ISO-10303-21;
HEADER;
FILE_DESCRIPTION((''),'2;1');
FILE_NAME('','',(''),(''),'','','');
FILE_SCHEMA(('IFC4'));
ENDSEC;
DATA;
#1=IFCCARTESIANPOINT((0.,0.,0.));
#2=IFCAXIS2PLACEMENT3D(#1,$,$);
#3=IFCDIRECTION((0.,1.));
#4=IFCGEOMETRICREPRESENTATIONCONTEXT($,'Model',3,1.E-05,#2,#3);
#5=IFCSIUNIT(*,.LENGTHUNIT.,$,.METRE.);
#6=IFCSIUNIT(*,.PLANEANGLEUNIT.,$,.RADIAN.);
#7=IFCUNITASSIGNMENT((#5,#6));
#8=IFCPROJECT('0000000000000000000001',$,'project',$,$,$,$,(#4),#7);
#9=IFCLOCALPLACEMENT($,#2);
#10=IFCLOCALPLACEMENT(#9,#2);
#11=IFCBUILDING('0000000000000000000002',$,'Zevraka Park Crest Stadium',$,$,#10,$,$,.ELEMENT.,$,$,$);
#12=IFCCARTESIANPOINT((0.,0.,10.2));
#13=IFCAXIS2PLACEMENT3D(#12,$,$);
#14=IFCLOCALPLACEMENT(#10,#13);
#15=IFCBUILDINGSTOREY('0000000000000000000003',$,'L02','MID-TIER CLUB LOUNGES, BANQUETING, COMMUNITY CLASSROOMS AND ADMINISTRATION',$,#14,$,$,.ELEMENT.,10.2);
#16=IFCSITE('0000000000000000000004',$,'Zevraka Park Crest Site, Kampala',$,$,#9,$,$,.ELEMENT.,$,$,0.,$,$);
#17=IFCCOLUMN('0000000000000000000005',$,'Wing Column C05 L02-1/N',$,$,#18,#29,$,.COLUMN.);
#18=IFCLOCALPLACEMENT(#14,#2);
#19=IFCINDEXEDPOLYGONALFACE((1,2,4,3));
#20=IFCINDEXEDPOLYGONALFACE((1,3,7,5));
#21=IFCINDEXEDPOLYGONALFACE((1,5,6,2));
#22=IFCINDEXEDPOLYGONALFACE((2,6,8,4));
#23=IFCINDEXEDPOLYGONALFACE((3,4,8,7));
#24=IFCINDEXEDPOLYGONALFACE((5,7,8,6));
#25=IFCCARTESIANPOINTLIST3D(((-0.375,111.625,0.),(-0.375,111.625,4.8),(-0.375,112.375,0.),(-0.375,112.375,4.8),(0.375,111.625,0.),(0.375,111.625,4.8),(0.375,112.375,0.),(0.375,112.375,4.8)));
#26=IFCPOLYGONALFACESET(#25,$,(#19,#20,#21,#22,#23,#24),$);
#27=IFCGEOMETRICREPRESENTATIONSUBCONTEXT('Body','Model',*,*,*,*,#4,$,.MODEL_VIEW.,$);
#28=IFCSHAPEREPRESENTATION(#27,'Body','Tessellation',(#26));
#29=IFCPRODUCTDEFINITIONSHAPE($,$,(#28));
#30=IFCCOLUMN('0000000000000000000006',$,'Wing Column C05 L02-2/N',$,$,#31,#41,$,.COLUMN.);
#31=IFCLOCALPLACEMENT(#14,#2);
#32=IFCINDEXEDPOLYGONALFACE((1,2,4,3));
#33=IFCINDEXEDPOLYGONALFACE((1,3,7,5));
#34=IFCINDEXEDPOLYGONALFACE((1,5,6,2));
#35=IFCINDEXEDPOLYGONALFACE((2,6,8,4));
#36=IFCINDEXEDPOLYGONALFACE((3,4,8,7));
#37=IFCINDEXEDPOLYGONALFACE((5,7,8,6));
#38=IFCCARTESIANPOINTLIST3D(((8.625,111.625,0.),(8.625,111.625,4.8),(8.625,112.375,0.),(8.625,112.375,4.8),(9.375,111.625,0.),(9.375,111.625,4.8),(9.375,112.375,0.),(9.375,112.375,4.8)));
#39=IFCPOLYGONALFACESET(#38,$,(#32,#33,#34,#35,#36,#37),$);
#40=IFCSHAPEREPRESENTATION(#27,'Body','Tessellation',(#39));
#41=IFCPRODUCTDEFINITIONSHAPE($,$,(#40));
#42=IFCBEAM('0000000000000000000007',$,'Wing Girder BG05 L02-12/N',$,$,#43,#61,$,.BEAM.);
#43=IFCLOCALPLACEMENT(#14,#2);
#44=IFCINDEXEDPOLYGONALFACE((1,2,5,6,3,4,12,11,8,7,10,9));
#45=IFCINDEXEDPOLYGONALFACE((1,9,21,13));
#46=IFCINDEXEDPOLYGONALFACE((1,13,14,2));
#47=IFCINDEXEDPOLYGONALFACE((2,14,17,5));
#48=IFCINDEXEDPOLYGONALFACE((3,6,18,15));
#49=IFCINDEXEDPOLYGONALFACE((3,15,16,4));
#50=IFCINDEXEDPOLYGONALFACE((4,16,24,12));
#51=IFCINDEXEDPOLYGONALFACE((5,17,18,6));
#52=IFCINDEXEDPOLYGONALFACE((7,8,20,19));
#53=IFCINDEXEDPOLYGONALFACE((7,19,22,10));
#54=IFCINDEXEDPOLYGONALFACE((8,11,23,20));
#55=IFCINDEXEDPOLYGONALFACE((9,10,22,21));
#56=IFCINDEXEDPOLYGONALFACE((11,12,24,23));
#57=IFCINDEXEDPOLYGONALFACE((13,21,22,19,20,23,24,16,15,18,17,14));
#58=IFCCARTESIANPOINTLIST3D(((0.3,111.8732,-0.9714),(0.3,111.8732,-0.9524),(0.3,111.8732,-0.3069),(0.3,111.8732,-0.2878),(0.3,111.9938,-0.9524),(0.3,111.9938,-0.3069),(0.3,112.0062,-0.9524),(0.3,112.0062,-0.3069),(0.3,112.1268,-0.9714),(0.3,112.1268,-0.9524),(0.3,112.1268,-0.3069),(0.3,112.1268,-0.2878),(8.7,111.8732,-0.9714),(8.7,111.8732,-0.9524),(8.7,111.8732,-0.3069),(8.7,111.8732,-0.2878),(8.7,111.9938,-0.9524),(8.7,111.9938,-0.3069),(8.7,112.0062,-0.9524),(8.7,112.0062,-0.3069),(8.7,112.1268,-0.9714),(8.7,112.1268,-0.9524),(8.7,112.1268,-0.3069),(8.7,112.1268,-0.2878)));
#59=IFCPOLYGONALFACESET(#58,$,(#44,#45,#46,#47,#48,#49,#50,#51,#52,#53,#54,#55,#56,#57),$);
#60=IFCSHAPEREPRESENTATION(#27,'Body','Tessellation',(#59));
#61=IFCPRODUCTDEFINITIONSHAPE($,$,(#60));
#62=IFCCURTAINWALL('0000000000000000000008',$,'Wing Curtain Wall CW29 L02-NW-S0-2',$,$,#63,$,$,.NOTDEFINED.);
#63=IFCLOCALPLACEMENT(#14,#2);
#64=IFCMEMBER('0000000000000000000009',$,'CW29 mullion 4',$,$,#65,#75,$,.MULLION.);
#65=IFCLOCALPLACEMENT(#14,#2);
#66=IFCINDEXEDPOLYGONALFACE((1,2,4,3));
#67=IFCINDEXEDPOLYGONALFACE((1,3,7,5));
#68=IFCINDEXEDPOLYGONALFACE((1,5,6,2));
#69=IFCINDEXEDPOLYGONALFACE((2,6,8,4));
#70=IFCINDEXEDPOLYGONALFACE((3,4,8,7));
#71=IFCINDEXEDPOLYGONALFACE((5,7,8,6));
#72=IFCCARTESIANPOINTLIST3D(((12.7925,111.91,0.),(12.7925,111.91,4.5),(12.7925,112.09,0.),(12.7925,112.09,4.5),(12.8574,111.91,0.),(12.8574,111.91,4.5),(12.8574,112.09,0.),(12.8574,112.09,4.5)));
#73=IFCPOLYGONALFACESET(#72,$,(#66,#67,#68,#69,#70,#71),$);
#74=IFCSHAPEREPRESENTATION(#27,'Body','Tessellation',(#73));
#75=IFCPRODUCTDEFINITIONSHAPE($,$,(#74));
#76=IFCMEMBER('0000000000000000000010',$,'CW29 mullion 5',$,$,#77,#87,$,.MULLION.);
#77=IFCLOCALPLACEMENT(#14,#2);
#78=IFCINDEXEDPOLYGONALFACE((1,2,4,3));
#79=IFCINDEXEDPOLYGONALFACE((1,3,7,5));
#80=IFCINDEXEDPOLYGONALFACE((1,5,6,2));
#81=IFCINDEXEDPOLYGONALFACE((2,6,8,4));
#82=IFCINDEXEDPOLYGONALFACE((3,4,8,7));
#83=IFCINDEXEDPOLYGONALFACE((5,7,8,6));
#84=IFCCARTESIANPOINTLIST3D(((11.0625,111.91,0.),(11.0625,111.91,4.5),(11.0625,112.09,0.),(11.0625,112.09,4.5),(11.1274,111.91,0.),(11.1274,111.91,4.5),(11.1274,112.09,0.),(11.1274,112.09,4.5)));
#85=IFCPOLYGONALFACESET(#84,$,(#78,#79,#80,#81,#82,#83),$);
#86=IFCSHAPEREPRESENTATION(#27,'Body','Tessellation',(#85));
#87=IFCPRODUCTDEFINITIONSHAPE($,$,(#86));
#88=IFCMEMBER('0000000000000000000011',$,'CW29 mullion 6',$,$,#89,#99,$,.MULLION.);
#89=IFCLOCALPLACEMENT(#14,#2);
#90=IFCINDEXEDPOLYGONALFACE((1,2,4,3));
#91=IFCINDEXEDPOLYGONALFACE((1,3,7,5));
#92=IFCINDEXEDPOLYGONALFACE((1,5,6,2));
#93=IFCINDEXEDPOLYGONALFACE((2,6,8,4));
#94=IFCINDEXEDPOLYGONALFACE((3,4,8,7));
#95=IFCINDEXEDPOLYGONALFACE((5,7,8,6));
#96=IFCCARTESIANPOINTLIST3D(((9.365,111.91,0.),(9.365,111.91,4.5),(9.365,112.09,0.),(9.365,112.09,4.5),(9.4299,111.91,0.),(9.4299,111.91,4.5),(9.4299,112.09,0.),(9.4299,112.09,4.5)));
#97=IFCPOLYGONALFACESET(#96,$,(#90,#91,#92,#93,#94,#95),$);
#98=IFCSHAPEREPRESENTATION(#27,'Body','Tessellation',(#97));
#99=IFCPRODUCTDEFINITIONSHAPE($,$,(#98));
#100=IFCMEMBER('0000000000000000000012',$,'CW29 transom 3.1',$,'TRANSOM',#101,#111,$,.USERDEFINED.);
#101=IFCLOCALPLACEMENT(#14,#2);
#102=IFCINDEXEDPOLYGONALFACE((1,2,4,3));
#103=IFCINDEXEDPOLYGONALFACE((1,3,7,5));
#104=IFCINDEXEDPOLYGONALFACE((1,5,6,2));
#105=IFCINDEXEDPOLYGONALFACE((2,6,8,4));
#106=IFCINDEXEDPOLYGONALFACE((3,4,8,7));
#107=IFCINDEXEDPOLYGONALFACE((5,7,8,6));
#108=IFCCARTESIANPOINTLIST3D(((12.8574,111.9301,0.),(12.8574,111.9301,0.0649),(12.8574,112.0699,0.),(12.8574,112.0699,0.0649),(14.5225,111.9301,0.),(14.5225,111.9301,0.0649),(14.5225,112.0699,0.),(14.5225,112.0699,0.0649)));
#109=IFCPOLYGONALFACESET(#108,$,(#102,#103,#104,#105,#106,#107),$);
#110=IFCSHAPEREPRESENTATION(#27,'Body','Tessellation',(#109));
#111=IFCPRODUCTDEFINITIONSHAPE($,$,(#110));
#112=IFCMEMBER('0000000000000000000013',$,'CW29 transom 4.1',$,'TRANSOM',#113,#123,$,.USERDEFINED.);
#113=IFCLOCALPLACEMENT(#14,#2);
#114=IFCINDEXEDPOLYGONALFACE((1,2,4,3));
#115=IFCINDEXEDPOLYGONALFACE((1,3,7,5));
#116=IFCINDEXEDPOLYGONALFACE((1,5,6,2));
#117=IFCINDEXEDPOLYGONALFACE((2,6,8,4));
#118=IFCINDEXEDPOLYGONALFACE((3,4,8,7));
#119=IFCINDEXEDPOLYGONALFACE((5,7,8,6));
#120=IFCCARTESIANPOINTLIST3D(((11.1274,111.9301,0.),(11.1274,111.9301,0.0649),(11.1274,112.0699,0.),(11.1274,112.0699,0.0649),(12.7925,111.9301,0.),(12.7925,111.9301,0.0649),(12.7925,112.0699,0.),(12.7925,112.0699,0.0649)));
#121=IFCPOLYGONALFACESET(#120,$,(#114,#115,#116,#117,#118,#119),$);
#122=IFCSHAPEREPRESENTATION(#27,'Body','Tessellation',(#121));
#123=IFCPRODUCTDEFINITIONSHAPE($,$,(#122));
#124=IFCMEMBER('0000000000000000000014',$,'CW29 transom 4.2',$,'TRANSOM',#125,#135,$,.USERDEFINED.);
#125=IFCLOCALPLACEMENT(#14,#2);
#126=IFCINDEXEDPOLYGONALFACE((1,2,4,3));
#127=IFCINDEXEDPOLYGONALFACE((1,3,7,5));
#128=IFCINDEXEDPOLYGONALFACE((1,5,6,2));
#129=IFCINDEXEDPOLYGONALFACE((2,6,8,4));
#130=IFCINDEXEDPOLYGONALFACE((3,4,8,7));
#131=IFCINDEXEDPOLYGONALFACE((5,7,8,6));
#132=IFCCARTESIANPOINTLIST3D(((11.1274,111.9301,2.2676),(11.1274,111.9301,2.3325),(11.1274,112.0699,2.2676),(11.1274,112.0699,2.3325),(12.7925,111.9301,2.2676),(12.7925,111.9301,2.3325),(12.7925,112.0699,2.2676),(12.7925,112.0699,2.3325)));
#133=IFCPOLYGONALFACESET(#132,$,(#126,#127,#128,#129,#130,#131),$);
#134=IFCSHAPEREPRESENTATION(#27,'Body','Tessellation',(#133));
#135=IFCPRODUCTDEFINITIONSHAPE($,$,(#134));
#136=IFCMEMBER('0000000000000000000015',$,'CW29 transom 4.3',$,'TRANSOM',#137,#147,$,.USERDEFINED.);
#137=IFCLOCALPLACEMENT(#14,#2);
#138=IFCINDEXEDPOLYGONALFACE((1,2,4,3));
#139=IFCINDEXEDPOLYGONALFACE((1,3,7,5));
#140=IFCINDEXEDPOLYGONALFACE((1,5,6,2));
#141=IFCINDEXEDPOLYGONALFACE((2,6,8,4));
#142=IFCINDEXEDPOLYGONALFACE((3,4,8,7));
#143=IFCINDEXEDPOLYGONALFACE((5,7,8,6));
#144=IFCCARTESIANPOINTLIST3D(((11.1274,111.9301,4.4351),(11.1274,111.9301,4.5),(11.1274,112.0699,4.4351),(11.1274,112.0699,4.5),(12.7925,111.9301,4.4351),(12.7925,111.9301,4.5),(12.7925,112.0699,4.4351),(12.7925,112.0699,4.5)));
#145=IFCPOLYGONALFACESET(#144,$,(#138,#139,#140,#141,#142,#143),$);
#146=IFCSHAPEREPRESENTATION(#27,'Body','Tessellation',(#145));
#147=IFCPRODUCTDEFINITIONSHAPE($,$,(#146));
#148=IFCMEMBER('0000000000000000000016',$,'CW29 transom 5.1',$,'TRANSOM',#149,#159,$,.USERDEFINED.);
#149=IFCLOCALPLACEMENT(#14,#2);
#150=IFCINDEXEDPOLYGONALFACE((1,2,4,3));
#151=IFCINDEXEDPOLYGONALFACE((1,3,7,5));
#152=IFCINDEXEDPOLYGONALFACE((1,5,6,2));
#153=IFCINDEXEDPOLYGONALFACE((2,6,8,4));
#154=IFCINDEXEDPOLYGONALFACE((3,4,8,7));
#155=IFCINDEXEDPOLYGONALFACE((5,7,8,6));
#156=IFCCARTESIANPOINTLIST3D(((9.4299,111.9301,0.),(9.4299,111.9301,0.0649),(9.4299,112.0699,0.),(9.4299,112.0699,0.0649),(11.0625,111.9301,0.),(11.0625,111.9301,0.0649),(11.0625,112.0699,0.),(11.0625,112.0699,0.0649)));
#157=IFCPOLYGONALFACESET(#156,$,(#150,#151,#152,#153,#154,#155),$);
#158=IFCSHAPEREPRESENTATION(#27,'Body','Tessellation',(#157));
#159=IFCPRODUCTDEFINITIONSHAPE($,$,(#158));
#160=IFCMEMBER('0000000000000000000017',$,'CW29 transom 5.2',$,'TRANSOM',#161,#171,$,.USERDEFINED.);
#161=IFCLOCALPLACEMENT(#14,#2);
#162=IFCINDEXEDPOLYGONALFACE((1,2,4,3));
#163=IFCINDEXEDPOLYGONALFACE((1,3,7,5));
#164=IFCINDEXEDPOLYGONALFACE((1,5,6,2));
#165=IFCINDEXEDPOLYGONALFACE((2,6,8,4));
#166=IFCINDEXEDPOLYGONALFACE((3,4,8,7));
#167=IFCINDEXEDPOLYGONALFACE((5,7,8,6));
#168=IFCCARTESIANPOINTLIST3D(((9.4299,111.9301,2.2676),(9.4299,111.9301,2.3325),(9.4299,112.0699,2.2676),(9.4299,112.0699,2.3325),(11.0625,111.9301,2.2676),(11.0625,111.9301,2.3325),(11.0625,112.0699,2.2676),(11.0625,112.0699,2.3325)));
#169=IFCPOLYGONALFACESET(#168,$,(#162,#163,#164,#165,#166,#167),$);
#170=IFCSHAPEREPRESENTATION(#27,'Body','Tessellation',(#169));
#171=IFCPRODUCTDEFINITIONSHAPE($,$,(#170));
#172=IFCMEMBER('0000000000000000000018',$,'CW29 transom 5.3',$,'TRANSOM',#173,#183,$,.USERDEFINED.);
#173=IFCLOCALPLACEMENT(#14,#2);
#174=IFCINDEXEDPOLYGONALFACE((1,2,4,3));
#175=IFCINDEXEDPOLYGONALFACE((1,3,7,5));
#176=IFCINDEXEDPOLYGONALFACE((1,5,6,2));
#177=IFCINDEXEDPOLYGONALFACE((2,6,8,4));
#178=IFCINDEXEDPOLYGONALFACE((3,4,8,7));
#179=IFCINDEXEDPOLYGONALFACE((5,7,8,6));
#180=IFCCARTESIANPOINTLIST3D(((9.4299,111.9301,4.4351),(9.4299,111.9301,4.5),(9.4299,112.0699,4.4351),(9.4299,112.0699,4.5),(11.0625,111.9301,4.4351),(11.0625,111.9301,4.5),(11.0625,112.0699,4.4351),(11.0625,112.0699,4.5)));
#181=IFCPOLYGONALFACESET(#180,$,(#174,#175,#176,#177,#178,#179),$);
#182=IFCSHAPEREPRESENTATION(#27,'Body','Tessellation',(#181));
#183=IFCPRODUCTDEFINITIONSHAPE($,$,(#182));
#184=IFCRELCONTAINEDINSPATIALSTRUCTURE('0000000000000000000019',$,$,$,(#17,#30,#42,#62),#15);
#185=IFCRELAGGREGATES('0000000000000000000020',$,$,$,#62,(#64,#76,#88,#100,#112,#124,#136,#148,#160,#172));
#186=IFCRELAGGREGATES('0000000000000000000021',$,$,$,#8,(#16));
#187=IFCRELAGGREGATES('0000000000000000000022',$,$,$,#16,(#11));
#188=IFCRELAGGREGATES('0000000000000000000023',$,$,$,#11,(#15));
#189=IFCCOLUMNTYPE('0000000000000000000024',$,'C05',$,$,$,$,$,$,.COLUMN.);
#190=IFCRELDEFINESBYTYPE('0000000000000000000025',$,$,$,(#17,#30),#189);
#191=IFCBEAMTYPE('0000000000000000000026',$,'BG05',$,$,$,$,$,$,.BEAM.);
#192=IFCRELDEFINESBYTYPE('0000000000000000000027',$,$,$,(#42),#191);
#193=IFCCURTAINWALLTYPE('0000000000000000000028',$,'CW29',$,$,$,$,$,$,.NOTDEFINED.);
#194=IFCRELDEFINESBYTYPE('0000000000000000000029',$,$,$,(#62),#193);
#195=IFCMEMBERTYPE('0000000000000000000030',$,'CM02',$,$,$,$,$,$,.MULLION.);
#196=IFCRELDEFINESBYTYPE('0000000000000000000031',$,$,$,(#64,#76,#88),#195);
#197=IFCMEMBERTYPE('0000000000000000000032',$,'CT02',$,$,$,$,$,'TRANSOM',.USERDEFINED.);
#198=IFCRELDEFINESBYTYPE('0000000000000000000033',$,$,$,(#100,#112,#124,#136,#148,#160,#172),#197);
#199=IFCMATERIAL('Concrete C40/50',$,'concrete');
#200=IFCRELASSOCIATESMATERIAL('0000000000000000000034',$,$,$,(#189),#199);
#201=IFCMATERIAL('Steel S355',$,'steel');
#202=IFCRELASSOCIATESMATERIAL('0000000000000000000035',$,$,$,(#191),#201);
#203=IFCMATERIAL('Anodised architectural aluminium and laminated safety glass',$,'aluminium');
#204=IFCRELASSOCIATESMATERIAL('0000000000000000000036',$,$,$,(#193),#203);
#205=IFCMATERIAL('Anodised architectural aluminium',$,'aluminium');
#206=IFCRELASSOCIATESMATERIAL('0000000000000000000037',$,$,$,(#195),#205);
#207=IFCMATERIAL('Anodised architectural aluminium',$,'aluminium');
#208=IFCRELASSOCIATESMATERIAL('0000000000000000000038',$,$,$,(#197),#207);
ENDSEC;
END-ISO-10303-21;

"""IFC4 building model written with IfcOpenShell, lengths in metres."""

from ifc_helpers import new_model, si_unit, direction, frame, origin, origin_2d, place, context, subcontext, project, spatial, rectangle, i_section, extrude, material, material_profile, profile_set, type_object, element, aggregate, save


model = new_model("IFC4")

# Units and contexts
model_context = context("Model", 3, precision=1e-05, world=origin(), true_north=direction((0.0, 1.0)))
body_context = subcontext(model_context, "Body", "Model", "MODEL_VIEW")
ifc_project = project(units=[si_unit("LENGTHUNIT", "METRE"), si_unit("PLANEANGLEUNIT", "RADIAN")], contexts=[model_context])

# Site, building, storey
site_placement = place(None, origin())
site = spatial("IfcSite", under=ifc_project, at=site_placement, Name="Zevraka Park Crest Site, Kampala", CompositionType="ELEMENT", RefElevation=0.0)
building_placement = place(site_placement, origin())
building = spatial("IfcBuilding", under=site, at=building_placement, Name="Zevraka Park Crest Stadium", CompositionType="ELEMENT")
storey_placement = place(building_placement, frame((0.0, 0.0, 10.2)))
storey = spatial("IfcBuildingStorey", under=building, at=storey_placement, Name="L02", Description="MID-TIER CLUB LOUNGES, BANQUETING, COMMUNITY CLASSROOMS AND ADMINISTRATION", CompositionType="ELEMENT", Elevation=10.2)

# Columns
ifc_material_1 = material(Name="Concrete C40/50", Category="concrete")
ifc_material_profile_1 = material_profile(ifc_material_1, rectangle(XDim=0.75, YDim=0.75, at=origin_2d()), Name="RC 750x750")
ifc_profile_set_1 = profile_set([ifc_material_profile_1], Name="Concrete C40/50")
column_type = type_object("IfcColumnType", Name="C05", PredefinedType="COLUMN", material=ifc_profile_set_1)
for number, where, z_axis, x_axis, name in (
    (1, (0.0, 112.0, 0.0), (0.0, 0.0, 1.0), (1.0, 0.0, 0.0), "Wing Column C05 L02-1/N"),
    (2, (9.0, 112.0, 0.0), (0.0, 0.0, 1.0), (1.0, 0.0, 0.0), "Wing Column C05 L02-2/N"),
):
    element("IfcColumn", number, at=place(storey_placement, frame(where, z_axis=z_axis, x_axis=x_axis)), inside=storey, type_object=column_type, Name=name, PredefinedType="COLUMN", context=body_context, shape_type="SweptSolid", body=[
        extrude(rectangle(XDim=0.75, YDim=0.75, at=origin_2d()), origin(), (0.0, 0.0, 1.0), 4.8),
    ])

# Beam
ifc_material_2 = material(Name="Steel S355", Category="steel")
ifc_material_profile_2 = material_profile(ifc_material_2, i_section(OverallWidth=0.2537, OverallDepth=0.6836, WebThickness=0.0125, FlangeThickness=0.019, at=origin_2d()), Name="UKB 686x254x140")
ifc_profile_set_2 = profile_set([ifc_material_profile_2], Name="Steel S355")
beam_type = type_object("IfcBeamType", Name="BG05", PredefinedType="BEAM", material=ifc_profile_set_2)
beam_placement = place(storey_placement, frame((0.3, 112.0, -0.6296), z_axis=(1.0, 0.0, 0.0), x_axis=(0.0, 1.0, 0.0)))
element("IfcBeam", 3, at=beam_placement, inside=storey, type_object=beam_type, Name="Wing Girder BG05 L02-12/N", PredefinedType="BEAM", context=body_context, shape_type="SweptSolid", body=[
    extrude(i_section(OverallWidth=0.2537, OverallDepth=0.6836, WebThickness=0.0125, FlangeThickness=0.019, at=origin_2d()), origin(), (0.0, 0.0, 1.0), 8.3999),
])

# Curtain wall, members
ifc_material_3 = material(Name="Anodised architectural aluminium and laminated safety glass", Category="aluminium")
curtain_wall_type = type_object("IfcCurtainWallType", Name="CW29", PredefinedType="NOTDEFINED", material=ifc_material_3)
curtain_wall_placement = place(storey_placement, origin())
curtain_wall = element("IfcCurtainWall", 4, at=curtain_wall_placement, inside=storey, type_object=curtain_wall_type, Name="Wing Curtain Wall CW29 L02-NW-S0-2", PredefinedType="NOTDEFINED")
ifc_material_4 = material(Name="Anodised architectural aluminium", Category="aluminium")
ifc_material_profile_3 = material_profile(ifc_material_4, rectangle(XDim=0.1799, YDim=0.0649, at=origin_2d()), Name="ALU MULLION 180x65")
ifc_profile_set_3 = profile_set([ifc_material_profile_3], Name="Anodised architectural aluminium")
member_type_1 = type_object("IfcMemberType", Name="CM02", PredefinedType="MULLION", material=ifc_profile_set_3)
member_1_placement = place(storey_placement, frame((12.825, 112.0, 0.0), z_axis=(0.0, 0.0, 1.0), x_axis=(0.0, -1.0, 0.0)))
member_1 = element("IfcMember", 5, at=member_1_placement, type_object=member_type_1, Name="CW29 mullion 4", PredefinedType="MULLION", context=body_context, shape_type="SweptSolid", body=[
    extrude(rectangle(XDim=0.1799, YDim=0.0649, at=origin_2d()), origin(), (0.0, 0.0, 1.0), 4.5),
])
member_2_placement = place(storey_placement, frame((11.095, 112.0, 0.0), z_axis=(0.0, 0.0, 1.0), x_axis=(0.0, -1.0, 0.0)))
member_2 = element("IfcMember", 6, at=member_2_placement, type_object=member_type_1, Name="CW29 mullion 5", PredefinedType="MULLION", context=body_context, shape_type="SweptSolid", body=[
    extrude(rectangle(XDim=0.1799, YDim=0.0649, at=origin_2d()), origin(), (0.0, 0.0, 1.0), 4.5),
])
member_3_placement = place(storey_placement, frame((9.3975, 112.0, 0.0), z_axis=(0.0, 0.0, 1.0), x_axis=(0.0, -1.0, 0.0)))
member_3 = element("IfcMember", 7, at=member_3_placement, type_object=member_type_1, Name="CW29 mullion 6", PredefinedType="MULLION", context=body_context, shape_type="SweptSolid", body=[
    extrude(rectangle(XDim=0.1799, YDim=0.0649, at=origin_2d()), origin(), (0.0, 0.0, 1.0), 4.5),
])
ifc_material_5 = material(Name="Anodised architectural aluminium", Category="aluminium")
ifc_material_profile_4 = material_profile(ifc_material_5, rectangle(XDim=0.1399, YDim=0.0649, at=origin_2d()), Name="ALU TRANSOM 140x65")
ifc_profile_set_4 = profile_set([ifc_material_profile_4], Name="Anodised architectural aluminium")
member_type_2 = type_object("IfcMemberType", Name="CT02", ElementType="TRANSOM", PredefinedType="USERDEFINED", material=ifc_profile_set_4)
member_4_placement = place(storey_placement, frame((14.5225, 112.0, 0.0325), z_axis=(-1.0, 0.0, 0.0), x_axis=(0.0, -1.0, 0.0)))
member_4 = element("IfcMember", 8, at=member_4_placement, type_object=member_type_2, Name="CW29 transom 3.1", ObjectType="TRANSOM", PredefinedType="USERDEFINED", context=body_context, shape_type="SweptSolid", body=[
    extrude(rectangle(XDim=0.1399, YDim=0.0649, at=origin_2d()), origin(), (0.0, 0.0, 1.0), 1.665),
])
member_5_placement = place(storey_placement, frame((12.7925, 112.0, 0.0325), z_axis=(-1.0, 0.0, 0.0), x_axis=(0.0, -1.0, 0.0)))
member_5 = element("IfcMember", 9, at=member_5_placement, type_object=member_type_2, Name="CW29 transom 4.1", ObjectType="TRANSOM", PredefinedType="USERDEFINED", context=body_context, shape_type="SweptSolid", body=[
    extrude(rectangle(XDim=0.1399, YDim=0.0649, at=origin_2d()), origin(), (0.0, 0.0, 1.0), 1.665),
])
member_6_placement = place(storey_placement, frame((12.7925, 112.0, 2.3), z_axis=(-1.0, 0.0, 0.0), x_axis=(0.0, -1.0, 0.0)))
member_6 = element("IfcMember", 10, at=member_6_placement, type_object=member_type_2, Name="CW29 transom 4.2", ObjectType="TRANSOM", PredefinedType="USERDEFINED", context=body_context, shape_type="SweptSolid", body=[
    extrude(rectangle(XDim=0.1399, YDim=0.0649, at=origin_2d()), origin(), (0.0, 0.0, 1.0), 1.665),
])
member_7_placement = place(storey_placement, frame((12.7925, 112.0, 4.4675), z_axis=(-1.0, 0.0, 0.0), x_axis=(0.0, -1.0, 0.0)))
member_7 = element("IfcMember", 11, at=member_7_placement, type_object=member_type_2, Name="CW29 transom 4.3", ObjectType="TRANSOM", PredefinedType="USERDEFINED", context=body_context, shape_type="SweptSolid", body=[
    extrude(rectangle(XDim=0.1399, YDim=0.0649, at=origin_2d()), origin(), (0.0, 0.0, 1.0), 1.665),
])
member_8_placement = place(storey_placement, frame((11.0625, 112.0, 0.0325), z_axis=(-1.0, 0.0, 0.0), x_axis=(0.0, -1.0, 0.0)))
member_8 = element("IfcMember", 12, at=member_8_placement, type_object=member_type_2, Name="CW29 transom 5.1", ObjectType="TRANSOM", PredefinedType="USERDEFINED", context=body_context, shape_type="SweptSolid", body=[
    extrude(rectangle(XDim=0.1399, YDim=0.0649, at=origin_2d()), origin(), (0.0, 0.0, 1.0), 1.6326),
])
member_9_placement = place(storey_placement, frame((11.0625, 112.0, 2.3), z_axis=(-1.0, 0.0, 0.0), x_axis=(0.0, -1.0, 0.0)))
member_9 = element("IfcMember", 13, at=member_9_placement, type_object=member_type_2, Name="CW29 transom 5.2", ObjectType="TRANSOM", PredefinedType="USERDEFINED", context=body_context, shape_type="SweptSolid", body=[
    extrude(rectangle(XDim=0.1399, YDim=0.0649, at=origin_2d()), origin(), (0.0, 0.0, 1.0), 1.6326),
])
member_10_placement = place(storey_placement, frame((11.0625, 112.0, 4.4675), z_axis=(-1.0, 0.0, 0.0), x_axis=(0.0, -1.0, 0.0)))
member_10 = element("IfcMember", 14, at=member_10_placement, type_object=member_type_2, Name="CW29 transom 5.3", ObjectType="TRANSOM", PredefinedType="USERDEFINED", context=body_context, shape_type="SweptSolid", body=[
    extrude(rectangle(XDim=0.1399, YDim=0.0649, at=origin_2d()), origin(), (0.0, 0.0, 1.0), 1.6326),
])
aggregate(curtain_wall, [member_1, member_2, member_3, member_4, member_5, member_6, member_7, member_8, member_9, member_10])

save(model, "model.ifc")
